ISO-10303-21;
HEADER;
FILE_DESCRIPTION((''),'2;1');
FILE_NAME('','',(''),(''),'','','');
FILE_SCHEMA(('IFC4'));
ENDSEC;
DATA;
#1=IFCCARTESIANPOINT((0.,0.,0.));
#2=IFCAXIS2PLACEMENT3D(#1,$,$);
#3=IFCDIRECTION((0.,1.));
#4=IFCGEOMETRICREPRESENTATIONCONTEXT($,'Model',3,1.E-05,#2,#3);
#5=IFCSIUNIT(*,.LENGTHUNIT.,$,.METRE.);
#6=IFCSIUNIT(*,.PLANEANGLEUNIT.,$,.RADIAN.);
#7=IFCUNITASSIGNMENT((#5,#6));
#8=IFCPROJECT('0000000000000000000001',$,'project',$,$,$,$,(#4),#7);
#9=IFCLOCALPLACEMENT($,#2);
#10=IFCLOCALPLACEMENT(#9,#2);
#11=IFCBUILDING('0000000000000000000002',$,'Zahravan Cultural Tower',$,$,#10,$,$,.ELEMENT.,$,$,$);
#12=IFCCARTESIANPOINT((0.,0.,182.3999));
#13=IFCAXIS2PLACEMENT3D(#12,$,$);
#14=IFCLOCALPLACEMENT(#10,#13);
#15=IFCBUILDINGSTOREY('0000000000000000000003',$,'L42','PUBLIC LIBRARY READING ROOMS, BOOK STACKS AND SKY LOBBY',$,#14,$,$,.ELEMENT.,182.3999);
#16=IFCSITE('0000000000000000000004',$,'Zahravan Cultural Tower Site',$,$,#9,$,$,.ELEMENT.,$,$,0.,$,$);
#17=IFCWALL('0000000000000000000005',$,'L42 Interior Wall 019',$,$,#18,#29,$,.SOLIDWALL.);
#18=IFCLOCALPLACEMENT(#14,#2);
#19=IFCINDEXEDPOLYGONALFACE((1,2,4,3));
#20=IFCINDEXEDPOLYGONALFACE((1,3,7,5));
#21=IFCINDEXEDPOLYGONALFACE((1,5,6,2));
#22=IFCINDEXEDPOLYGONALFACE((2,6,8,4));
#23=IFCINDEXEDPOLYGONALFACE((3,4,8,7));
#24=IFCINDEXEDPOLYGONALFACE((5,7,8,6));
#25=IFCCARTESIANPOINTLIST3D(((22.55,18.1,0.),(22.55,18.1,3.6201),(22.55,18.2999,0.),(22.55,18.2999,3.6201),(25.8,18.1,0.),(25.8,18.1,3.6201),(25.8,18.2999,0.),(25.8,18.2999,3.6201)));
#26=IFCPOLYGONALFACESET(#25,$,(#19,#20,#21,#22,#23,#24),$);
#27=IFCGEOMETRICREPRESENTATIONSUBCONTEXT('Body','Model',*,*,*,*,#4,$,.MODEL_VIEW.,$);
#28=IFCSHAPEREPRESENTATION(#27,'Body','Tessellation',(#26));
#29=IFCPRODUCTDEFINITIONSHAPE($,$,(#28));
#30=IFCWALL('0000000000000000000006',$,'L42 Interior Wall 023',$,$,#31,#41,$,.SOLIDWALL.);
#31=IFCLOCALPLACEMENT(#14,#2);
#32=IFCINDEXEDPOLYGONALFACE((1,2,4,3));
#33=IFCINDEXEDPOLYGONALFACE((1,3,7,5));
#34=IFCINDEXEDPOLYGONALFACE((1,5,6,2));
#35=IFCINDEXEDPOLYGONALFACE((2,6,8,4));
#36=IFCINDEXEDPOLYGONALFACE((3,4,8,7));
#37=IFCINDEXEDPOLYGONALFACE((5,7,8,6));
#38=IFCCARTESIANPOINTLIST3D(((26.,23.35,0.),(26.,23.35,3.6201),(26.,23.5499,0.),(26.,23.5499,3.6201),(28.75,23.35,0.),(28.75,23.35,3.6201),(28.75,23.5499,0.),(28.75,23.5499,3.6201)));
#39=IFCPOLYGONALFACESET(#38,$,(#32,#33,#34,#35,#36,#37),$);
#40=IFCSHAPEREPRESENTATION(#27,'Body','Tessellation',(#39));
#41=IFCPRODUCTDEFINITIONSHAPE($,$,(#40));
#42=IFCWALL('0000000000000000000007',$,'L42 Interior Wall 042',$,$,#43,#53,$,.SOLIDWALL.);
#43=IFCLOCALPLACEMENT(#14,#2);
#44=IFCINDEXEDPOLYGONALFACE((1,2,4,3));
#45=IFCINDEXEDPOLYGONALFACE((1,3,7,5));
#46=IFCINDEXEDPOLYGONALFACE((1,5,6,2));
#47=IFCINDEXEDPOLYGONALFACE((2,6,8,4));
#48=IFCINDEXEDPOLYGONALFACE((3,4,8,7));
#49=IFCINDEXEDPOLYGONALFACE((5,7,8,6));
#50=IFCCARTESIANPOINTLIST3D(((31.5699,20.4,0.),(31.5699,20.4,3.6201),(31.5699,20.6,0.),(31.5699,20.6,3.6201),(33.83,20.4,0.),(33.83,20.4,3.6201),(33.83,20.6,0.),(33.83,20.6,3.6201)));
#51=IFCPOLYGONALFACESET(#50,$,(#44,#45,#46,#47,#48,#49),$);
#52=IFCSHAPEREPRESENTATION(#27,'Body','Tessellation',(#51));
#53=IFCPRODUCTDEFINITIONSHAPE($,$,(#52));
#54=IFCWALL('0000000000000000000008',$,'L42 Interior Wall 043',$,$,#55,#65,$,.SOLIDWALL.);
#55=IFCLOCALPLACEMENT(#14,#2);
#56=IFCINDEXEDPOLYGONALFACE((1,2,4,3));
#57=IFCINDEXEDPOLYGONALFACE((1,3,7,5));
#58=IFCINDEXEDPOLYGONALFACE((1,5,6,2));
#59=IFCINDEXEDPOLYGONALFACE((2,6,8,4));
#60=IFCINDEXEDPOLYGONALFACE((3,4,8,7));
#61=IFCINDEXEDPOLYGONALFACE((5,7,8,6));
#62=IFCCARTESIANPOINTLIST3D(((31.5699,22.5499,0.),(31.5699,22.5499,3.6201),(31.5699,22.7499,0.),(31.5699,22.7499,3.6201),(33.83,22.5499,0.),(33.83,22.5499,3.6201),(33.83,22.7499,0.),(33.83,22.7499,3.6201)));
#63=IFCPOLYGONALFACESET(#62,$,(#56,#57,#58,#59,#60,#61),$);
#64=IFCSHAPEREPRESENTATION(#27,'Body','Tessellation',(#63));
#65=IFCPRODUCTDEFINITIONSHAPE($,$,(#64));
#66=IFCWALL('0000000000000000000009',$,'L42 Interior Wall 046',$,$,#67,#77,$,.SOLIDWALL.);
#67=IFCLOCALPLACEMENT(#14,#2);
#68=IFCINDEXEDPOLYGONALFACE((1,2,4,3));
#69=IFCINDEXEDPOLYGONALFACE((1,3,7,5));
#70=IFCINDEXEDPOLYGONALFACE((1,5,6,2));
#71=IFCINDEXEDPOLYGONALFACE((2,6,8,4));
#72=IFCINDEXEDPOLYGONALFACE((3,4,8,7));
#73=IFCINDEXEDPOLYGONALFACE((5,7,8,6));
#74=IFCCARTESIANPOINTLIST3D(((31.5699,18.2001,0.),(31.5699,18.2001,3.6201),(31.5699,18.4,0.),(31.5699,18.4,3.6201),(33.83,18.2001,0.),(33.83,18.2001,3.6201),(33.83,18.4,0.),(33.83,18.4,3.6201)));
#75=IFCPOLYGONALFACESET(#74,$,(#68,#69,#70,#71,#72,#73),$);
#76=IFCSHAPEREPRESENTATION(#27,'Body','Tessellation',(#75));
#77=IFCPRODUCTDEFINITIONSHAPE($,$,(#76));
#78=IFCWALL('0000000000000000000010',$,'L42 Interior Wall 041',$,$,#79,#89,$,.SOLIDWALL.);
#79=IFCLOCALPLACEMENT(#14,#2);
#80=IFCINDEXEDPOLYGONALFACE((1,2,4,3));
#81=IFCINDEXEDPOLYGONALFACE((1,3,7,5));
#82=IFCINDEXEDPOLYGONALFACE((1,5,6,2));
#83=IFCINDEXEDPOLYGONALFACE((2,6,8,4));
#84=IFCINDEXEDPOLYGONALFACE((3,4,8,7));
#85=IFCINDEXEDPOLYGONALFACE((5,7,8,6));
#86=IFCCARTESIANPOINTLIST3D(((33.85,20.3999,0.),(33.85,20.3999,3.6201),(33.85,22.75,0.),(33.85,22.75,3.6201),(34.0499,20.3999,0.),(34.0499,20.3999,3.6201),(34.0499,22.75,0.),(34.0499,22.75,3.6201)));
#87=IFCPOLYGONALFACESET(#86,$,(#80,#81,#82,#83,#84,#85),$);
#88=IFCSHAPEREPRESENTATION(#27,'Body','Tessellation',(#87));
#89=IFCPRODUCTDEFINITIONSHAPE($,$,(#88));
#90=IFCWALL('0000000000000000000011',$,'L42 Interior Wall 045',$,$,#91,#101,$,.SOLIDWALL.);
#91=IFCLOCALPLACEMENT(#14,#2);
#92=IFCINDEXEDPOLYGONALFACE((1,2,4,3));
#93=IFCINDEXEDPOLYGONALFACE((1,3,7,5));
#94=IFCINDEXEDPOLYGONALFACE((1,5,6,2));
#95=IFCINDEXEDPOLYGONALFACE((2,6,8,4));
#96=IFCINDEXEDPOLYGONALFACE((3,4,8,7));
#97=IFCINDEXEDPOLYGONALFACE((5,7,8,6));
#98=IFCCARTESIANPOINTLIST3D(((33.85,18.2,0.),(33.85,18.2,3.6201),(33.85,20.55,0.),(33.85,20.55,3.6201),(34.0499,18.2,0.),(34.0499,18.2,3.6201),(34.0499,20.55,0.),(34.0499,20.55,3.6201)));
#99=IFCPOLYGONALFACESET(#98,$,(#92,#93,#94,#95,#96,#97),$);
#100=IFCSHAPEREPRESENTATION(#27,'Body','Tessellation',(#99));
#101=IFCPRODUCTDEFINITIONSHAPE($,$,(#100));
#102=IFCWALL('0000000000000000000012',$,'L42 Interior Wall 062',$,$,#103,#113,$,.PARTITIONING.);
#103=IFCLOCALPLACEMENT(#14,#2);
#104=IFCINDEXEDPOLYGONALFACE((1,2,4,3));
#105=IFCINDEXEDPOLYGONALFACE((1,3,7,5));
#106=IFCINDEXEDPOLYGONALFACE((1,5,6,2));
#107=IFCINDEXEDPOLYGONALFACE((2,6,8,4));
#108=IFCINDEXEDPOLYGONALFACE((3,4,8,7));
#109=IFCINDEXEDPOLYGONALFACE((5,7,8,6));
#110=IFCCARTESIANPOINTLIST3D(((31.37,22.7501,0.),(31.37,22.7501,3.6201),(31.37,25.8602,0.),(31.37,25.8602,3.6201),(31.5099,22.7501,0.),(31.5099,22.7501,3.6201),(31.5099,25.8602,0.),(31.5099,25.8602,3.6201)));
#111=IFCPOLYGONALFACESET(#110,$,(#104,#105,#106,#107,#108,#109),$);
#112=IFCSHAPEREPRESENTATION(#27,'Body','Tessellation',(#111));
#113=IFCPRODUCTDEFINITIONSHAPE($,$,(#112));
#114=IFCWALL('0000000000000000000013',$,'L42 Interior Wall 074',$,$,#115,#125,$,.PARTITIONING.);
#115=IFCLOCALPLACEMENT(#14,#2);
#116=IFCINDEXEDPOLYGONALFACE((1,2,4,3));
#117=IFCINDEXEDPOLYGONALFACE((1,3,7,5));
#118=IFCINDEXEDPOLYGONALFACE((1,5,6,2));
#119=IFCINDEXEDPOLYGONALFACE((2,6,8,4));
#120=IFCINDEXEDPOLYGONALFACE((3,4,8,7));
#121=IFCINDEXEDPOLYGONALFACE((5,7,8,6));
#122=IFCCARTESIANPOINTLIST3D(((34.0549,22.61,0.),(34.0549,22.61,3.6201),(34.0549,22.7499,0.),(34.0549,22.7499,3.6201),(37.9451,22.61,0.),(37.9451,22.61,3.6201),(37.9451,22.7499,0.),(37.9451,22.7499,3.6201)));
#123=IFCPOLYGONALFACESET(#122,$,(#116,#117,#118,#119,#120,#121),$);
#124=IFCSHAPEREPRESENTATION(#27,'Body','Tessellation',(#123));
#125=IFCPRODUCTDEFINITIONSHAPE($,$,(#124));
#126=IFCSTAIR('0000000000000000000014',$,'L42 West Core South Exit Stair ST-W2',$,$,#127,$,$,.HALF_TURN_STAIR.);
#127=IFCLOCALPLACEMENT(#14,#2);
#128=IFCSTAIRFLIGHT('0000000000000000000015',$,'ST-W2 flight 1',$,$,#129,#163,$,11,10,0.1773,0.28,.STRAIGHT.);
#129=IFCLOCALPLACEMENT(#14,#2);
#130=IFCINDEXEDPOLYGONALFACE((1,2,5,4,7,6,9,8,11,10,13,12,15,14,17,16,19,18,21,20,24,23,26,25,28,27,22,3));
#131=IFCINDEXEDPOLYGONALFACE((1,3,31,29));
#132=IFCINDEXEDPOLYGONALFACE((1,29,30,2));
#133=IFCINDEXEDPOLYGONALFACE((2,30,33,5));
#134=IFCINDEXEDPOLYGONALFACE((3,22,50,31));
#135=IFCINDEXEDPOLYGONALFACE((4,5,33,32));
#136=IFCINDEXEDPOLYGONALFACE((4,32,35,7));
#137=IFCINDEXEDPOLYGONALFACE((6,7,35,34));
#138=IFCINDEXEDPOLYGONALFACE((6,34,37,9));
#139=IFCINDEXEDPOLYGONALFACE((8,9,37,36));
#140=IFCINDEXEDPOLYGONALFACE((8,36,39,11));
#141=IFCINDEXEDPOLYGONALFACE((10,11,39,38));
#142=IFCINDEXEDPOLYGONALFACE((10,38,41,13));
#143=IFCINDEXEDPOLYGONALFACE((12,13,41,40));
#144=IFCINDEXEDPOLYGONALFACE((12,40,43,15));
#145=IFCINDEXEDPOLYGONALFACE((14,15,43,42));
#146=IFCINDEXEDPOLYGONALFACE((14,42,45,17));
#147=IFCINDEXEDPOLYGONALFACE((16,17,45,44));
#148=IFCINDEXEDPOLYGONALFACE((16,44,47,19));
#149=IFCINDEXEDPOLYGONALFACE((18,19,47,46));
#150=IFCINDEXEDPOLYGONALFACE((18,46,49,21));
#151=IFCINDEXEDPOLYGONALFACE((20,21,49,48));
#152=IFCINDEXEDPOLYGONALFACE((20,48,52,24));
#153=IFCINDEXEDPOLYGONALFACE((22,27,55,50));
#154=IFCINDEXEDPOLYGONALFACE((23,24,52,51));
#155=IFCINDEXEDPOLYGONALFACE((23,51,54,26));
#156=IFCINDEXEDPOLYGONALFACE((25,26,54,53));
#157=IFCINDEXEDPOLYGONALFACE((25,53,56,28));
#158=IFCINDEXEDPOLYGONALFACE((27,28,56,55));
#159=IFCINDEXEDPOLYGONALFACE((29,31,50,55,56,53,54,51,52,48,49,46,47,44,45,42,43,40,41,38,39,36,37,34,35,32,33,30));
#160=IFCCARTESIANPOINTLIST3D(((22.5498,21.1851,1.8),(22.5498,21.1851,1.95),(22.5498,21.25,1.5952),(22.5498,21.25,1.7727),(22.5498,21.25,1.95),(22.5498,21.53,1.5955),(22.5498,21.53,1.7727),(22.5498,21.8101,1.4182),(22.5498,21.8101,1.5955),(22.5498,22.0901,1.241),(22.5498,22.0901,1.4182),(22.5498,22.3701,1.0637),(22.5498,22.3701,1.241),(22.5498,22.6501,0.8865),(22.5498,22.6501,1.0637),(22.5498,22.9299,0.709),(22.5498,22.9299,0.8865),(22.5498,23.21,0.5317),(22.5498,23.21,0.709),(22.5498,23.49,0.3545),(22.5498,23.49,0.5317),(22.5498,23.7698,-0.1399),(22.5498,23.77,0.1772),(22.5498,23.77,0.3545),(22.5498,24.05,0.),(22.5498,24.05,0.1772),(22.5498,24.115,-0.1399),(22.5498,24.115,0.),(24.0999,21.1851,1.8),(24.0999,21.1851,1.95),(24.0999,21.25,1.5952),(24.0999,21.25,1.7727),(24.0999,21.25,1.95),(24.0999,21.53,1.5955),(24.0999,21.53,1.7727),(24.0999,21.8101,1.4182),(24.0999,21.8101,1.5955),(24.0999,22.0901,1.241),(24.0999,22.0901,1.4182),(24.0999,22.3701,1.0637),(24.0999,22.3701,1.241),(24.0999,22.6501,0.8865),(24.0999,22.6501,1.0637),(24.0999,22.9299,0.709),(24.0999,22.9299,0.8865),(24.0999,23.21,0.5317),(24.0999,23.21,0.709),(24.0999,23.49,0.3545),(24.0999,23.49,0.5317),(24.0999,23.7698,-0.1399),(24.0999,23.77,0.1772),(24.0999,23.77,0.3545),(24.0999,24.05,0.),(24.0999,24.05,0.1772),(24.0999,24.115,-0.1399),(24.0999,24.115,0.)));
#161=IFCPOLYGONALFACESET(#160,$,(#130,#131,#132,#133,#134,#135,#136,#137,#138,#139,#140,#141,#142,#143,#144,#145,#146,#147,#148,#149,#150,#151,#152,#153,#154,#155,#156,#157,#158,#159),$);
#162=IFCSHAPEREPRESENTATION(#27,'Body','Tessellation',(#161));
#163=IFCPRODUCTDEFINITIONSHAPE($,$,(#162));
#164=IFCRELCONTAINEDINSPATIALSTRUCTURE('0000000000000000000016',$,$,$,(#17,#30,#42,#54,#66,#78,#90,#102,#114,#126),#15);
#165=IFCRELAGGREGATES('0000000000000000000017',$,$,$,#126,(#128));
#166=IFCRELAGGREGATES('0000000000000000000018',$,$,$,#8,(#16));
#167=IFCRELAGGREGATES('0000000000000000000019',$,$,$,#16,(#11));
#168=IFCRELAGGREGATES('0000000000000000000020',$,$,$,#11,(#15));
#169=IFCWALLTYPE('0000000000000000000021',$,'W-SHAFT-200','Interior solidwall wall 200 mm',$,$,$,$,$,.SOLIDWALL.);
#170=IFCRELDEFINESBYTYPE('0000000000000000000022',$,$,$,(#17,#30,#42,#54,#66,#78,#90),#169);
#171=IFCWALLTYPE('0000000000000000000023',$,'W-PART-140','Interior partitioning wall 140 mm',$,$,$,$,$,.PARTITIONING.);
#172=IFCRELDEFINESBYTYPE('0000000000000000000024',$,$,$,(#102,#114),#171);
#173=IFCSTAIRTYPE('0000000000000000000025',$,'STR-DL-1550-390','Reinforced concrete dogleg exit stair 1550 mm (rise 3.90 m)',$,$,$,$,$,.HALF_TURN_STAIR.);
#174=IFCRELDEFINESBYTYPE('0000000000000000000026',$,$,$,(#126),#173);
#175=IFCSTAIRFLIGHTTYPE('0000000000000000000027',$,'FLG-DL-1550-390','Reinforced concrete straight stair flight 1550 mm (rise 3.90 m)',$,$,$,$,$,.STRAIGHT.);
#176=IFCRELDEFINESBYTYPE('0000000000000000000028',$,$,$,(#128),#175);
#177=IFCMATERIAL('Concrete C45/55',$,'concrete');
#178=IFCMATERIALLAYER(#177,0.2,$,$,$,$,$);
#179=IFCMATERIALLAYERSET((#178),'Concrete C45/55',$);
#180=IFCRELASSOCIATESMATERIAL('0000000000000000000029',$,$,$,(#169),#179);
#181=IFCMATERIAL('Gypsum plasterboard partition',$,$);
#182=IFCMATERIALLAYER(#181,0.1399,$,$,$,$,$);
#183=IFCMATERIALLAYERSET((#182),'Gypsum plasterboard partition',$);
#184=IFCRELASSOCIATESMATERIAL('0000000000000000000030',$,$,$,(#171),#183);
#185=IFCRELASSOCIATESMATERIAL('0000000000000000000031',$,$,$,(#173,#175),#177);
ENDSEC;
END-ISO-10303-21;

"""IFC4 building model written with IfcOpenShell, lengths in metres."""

from ifc_helpers import new_model, si_unit, direction, frame, frame_2d, origin, place, context, subcontext, project, spatial, polyline, rectangle, outline, extrude, source, transform, mapped, material, layer, layer_set, type_object, element, aggregate, save


model = new_model("IFC4")

# Units and contexts
model_context = context("Model", 3, precision=1e-05, world=origin(), true_north=direction((0.0, 1.0)))
body_context = subcontext(model_context, "Body", "Model", "MODEL_VIEW")
ifc_project = project(units=[si_unit("LENGTHUNIT", "METRE"), si_unit("PLANEANGLEUNIT", "RADIAN")], contexts=[model_context])

# Site, building, storey
site_placement = place(None, origin())
site = spatial("IfcSite", under=ifc_project, at=site_placement, Name="Zahravan Cultural Tower Site", CompositionType="ELEMENT", RefElevation=0.0)
building_placement = place(site_placement, origin())
building = spatial("IfcBuilding", under=site, at=building_placement, Name="Zahravan Cultural Tower", CompositionType="ELEMENT")
storey_placement = place(building_placement, frame((0.0, 0.0, 182.3999)))
storey = spatial("IfcBuildingStorey", under=building, at=storey_placement, Name="L42", Description="PUBLIC LIBRARY READING ROOMS, BOOK STACKS AND SKY LOBBY", CompositionType="ELEMENT", Elevation=182.3999)

# Shared definitions
ifc_material_1 = material(Name="Concrete C45/55", Category="concrete")
ifc_layer_1 = layer(ifc_material_1, 0.2)
ifc_layer_set_1 = layer_set([ifc_layer_1], Name="Concrete C45/55")
wall_type_1 = type_object("IfcWallType", Name="W-SHAFT-200", Description="Interior solidwall wall 200 mm", PredefinedType="SOLIDWALL", material=ifc_layer_set_1)

# Walls
shared_shape_1 = source(origin(), body_context, "Body", "SweptSolid", [
    extrude(rectangle(XDim=3.25, YDim=0.2, at=frame_2d((1.625, 0.0))), origin(), (0.0, 0.0, 1.0), 3.6201),
])
wall_1_placement = place(storey_placement, frame((22.55, 18.2, 0.0), z_axis=(0.0, 0.0, 1.0), x_axis=(1.0, 0.0, 0.0)))
element("IfcWall", 1, at=wall_1_placement, inside=storey, type_object=wall_type_1, Name="L42 Interior Wall 019", PredefinedType="SOLIDWALL", context=body_context, shape_type="MappedRepresentation", body=[
    mapped(shared_shape_1, transform((0.0, 0.0, 0.0), x_axis=(1.0, 0.0, 0.0), y_axis=(0.0, 1.0, 0.0), z_axis=(0.0, 0.0, 1.0), scale=1.0)),
])
shared_shape_2 = source(origin(), body_context, "Body", "SweptSolid", [
    extrude(rectangle(XDim=2.75, YDim=0.2, at=frame_2d((1.375, 0.0))), origin(), (0.0, 0.0, 1.0), 3.6201),
])
wall_2_placement = place(storey_placement, frame((26.0, 23.45, 0.0), z_axis=(0.0, 0.0, 1.0), x_axis=(1.0, 0.0, 0.0)))
element("IfcWall", 2, at=wall_2_placement, inside=storey, type_object=wall_type_1, Name="L42 Interior Wall 023", PredefinedType="SOLIDWALL", context=body_context, shape_type="MappedRepresentation", body=[
    mapped(shared_shape_2, transform((0.0, 0.0, 0.0), x_axis=(1.0, 0.0, 0.0), y_axis=(0.0, 1.0, 0.0), z_axis=(0.0, 0.0, 1.0), scale=1.0)),
])
shared_shape_3 = source(origin(), body_context, "Body", "SweptSolid", [
    extrude(rectangle(XDim=2.26, YDim=0.2, at=frame_2d((1.1299, 0.0))), origin(), (0.0, 0.0, 1.0), 3.6201),
])
for number, where, z_axis, x_axis, name in (
    (3, (31.5701, 20.5, 0.0), (0.0, 0.0, 1.0), (1.0, 0.0, 0.0), "L42 Interior Wall 042"),
    (4, (31.5701, 22.6499, 0.0), (0.0, 0.0, 1.0), (1.0, 0.0, 0.0), "L42 Interior Wall 043"),
    (5, (31.5701, 18.3, 0.0), (0.0, 0.0, 1.0), (1.0, 0.0, 0.0), "L42 Interior Wall 046"),
):
    element("IfcWall", number, at=place(storey_placement, frame(where, z_axis=z_axis, x_axis=x_axis)), inside=storey, type_object=wall_type_1, Name=name, PredefinedType="SOLIDWALL", context=body_context, shape_type="MappedRepresentation", body=[
        mapped(shared_shape_3, transform((0.0, 0.0, 0.0), x_axis=(1.0, 0.0, 0.0), y_axis=(0.0, 1.0, 0.0), z_axis=(0.0, 0.0, 1.0), scale=1.0)),
    ])
shared_shape_4 = source(origin(), body_context, "Body", "SweptSolid", [
    extrude(rectangle(XDim=2.3501, YDim=0.2, at=frame_2d((1.175, 0.0))), origin(), (0.0, 0.0, 1.0), 3.6201),
])
for number, where, z_axis, x_axis, name in (
    (6, (33.95, 20.3999, 0.0), (0.0, 0.0, 1.0), (0.0, 1.0, 0.0), "L42 Interior Wall 041"),
    (7, (33.95, 18.2, 0.0), (0.0, 0.0, 1.0), (0.0, 1.0, 0.0), "L42 Interior Wall 045"),
):
    element("IfcWall", number, at=place(storey_placement, frame(where, z_axis=z_axis, x_axis=x_axis)), inside=storey, type_object=wall_type_1, Name=name, PredefinedType="SOLIDWALL", context=body_context, shape_type="MappedRepresentation", body=[
        mapped(shared_shape_4, transform((0.0, 0.0, 0.0), x_axis=(1.0, 0.0, 0.0), y_axis=(0.0, 1.0, 0.0), z_axis=(0.0, 0.0, 1.0), scale=1.0)),
    ])
ifc_material_2 = material(Name="Gypsum plasterboard partition")
ifc_layer_2 = layer(ifc_material_2, 0.1399)
ifc_layer_set_2 = layer_set([ifc_layer_2], Name="Gypsum plasterboard partition")
wall_type_2 = type_object("IfcWallType", Name="W-PART-140", Description="Interior partitioning wall 140 mm", PredefinedType="PARTITIONING", material=ifc_layer_set_2)
shared_shape_5 = source(origin(), body_context, "Body", "SweptSolid", [
    extrude(rectangle(XDim=3.1101, YDim=0.1399, at=frame_2d((1.5552, 0.0))), origin(), (0.0, 0.0, 1.0), 3.6201),
])
wall_3_placement = place(storey_placement, frame((31.4399, 22.75, 0.0), z_axis=(0.0, 0.0, 1.0), x_axis=(0.0, 1.0, 0.0)))
element("IfcWall", 8, at=wall_3_placement, inside=storey, type_object=wall_type_2, Name="L42 Interior Wall 062", PredefinedType="PARTITIONING", context=body_context, shape_type="MappedRepresentation", body=[
    mapped(shared_shape_5, transform((0.0, 0.0, 0.0), x_axis=(1.0, 0.0, 0.0), y_axis=(0.0, 1.0, 0.0), z_axis=(0.0, 0.0, 1.0), scale=1.0)),
])
shared_shape_6 = source(origin(), body_context, "Body", "SweptSolid", [
    extrude(rectangle(XDim=3.8901, YDim=0.1399, at=frame_2d((1.9451, 0.0))), origin(), (0.0, 0.0, 1.0), 3.6201),
])
wall_4_placement = place(storey_placement, frame((34.0549, 22.6799, 0.0), z_axis=(0.0, 0.0, 1.0), x_axis=(1.0, 0.0, 0.0)))
element("IfcWall", 9, at=wall_4_placement, inside=storey, type_object=wall_type_2, Name="L42 Interior Wall 074", PredefinedType="PARTITIONING", context=body_context, shape_type="MappedRepresentation", body=[
    mapped(shared_shape_6, transform((0.0, 0.0, 0.0), x_axis=(1.0, 0.0, 0.0), y_axis=(0.0, 1.0, 0.0), z_axis=(0.0, 0.0, 1.0), scale=1.0)),
])

# Stair, stair flight
stair_type = type_object("IfcStairType", Name="STR-DL-1550-390", Description="Reinforced concrete dogleg exit stair 1550 mm (rise 3.90 m)", PredefinedType="HALF_TURN_STAIR", material=ifc_material_1)
stair_placement = place(storey_placement, origin())
stair = element("IfcStair", 10, at=stair_placement, inside=storey, type_object=stair_type, Name="L42 West Core South Exit Stair ST-W2", PredefinedType="HALF_TURN_STAIR")
stair_flight_type = type_object("IfcStairFlightType", Name="FLG-DL-1550-390", Description="Reinforced concrete straight stair flight 1550 mm (rise 3.90 m)", PredefinedType="STRAIGHT", material=ifc_material_1)
stair_flight_1_placement = place(storey_placement, frame((23.325, 24.05, 0.0), z_axis=(0.0, 0.0, 1.0), x_axis=(0.0, -1.0, 0.0)))
stair_flight_1 = element("IfcStairFlight", 11, at=stair_flight_1_placement, type_object=stair_flight_type, Name="ST-W2 flight 1", NumberOfRisers=11, NumberOfTreads=10, PredefinedType="STRAIGHT", RiserHeight=0.1773, TreadLength=0.28, context=body_context, shape_type="SweptSolid", body=[
    extrude(outline(polyline([(-0.0649, -0.1399), (-0.0649, 0.0), (0.0, 0.0), (0.0, 0.1772), (0.28, 0.1772), (0.28, 0.3545), (0.5601, 0.3545), (0.5601, 0.5317), (0.8401, 0.5317), (0.8401, 0.709), (1.1201, 0.709), (1.1201, 0.8865), (1.3999, 0.8865), (1.3999, 1.0637), (1.6799, 1.0637), (1.6799, 1.241), (1.96, 1.241), (1.96, 1.4182), (2.24, 1.4182), (2.24, 1.5955), (2.52, 1.5955), (2.52, 1.7727), (2.8, 1.7727), (2.8, 1.95), (2.865, 1.95), (2.865, 1.8), (2.8, 1.5952), (0.2803, -0.1399), (-0.0649, -0.1399)])), frame((0.0, 0.7749, 0.0), z_axis=(0.0, -1.0, 0.0), x_axis=(1.0, 0.0, 0.0)), (0.0, 0.0, 1.0), 1.55),
])
aggregate(stair, [stair_flight_1])

save(model, "model.ifc")
